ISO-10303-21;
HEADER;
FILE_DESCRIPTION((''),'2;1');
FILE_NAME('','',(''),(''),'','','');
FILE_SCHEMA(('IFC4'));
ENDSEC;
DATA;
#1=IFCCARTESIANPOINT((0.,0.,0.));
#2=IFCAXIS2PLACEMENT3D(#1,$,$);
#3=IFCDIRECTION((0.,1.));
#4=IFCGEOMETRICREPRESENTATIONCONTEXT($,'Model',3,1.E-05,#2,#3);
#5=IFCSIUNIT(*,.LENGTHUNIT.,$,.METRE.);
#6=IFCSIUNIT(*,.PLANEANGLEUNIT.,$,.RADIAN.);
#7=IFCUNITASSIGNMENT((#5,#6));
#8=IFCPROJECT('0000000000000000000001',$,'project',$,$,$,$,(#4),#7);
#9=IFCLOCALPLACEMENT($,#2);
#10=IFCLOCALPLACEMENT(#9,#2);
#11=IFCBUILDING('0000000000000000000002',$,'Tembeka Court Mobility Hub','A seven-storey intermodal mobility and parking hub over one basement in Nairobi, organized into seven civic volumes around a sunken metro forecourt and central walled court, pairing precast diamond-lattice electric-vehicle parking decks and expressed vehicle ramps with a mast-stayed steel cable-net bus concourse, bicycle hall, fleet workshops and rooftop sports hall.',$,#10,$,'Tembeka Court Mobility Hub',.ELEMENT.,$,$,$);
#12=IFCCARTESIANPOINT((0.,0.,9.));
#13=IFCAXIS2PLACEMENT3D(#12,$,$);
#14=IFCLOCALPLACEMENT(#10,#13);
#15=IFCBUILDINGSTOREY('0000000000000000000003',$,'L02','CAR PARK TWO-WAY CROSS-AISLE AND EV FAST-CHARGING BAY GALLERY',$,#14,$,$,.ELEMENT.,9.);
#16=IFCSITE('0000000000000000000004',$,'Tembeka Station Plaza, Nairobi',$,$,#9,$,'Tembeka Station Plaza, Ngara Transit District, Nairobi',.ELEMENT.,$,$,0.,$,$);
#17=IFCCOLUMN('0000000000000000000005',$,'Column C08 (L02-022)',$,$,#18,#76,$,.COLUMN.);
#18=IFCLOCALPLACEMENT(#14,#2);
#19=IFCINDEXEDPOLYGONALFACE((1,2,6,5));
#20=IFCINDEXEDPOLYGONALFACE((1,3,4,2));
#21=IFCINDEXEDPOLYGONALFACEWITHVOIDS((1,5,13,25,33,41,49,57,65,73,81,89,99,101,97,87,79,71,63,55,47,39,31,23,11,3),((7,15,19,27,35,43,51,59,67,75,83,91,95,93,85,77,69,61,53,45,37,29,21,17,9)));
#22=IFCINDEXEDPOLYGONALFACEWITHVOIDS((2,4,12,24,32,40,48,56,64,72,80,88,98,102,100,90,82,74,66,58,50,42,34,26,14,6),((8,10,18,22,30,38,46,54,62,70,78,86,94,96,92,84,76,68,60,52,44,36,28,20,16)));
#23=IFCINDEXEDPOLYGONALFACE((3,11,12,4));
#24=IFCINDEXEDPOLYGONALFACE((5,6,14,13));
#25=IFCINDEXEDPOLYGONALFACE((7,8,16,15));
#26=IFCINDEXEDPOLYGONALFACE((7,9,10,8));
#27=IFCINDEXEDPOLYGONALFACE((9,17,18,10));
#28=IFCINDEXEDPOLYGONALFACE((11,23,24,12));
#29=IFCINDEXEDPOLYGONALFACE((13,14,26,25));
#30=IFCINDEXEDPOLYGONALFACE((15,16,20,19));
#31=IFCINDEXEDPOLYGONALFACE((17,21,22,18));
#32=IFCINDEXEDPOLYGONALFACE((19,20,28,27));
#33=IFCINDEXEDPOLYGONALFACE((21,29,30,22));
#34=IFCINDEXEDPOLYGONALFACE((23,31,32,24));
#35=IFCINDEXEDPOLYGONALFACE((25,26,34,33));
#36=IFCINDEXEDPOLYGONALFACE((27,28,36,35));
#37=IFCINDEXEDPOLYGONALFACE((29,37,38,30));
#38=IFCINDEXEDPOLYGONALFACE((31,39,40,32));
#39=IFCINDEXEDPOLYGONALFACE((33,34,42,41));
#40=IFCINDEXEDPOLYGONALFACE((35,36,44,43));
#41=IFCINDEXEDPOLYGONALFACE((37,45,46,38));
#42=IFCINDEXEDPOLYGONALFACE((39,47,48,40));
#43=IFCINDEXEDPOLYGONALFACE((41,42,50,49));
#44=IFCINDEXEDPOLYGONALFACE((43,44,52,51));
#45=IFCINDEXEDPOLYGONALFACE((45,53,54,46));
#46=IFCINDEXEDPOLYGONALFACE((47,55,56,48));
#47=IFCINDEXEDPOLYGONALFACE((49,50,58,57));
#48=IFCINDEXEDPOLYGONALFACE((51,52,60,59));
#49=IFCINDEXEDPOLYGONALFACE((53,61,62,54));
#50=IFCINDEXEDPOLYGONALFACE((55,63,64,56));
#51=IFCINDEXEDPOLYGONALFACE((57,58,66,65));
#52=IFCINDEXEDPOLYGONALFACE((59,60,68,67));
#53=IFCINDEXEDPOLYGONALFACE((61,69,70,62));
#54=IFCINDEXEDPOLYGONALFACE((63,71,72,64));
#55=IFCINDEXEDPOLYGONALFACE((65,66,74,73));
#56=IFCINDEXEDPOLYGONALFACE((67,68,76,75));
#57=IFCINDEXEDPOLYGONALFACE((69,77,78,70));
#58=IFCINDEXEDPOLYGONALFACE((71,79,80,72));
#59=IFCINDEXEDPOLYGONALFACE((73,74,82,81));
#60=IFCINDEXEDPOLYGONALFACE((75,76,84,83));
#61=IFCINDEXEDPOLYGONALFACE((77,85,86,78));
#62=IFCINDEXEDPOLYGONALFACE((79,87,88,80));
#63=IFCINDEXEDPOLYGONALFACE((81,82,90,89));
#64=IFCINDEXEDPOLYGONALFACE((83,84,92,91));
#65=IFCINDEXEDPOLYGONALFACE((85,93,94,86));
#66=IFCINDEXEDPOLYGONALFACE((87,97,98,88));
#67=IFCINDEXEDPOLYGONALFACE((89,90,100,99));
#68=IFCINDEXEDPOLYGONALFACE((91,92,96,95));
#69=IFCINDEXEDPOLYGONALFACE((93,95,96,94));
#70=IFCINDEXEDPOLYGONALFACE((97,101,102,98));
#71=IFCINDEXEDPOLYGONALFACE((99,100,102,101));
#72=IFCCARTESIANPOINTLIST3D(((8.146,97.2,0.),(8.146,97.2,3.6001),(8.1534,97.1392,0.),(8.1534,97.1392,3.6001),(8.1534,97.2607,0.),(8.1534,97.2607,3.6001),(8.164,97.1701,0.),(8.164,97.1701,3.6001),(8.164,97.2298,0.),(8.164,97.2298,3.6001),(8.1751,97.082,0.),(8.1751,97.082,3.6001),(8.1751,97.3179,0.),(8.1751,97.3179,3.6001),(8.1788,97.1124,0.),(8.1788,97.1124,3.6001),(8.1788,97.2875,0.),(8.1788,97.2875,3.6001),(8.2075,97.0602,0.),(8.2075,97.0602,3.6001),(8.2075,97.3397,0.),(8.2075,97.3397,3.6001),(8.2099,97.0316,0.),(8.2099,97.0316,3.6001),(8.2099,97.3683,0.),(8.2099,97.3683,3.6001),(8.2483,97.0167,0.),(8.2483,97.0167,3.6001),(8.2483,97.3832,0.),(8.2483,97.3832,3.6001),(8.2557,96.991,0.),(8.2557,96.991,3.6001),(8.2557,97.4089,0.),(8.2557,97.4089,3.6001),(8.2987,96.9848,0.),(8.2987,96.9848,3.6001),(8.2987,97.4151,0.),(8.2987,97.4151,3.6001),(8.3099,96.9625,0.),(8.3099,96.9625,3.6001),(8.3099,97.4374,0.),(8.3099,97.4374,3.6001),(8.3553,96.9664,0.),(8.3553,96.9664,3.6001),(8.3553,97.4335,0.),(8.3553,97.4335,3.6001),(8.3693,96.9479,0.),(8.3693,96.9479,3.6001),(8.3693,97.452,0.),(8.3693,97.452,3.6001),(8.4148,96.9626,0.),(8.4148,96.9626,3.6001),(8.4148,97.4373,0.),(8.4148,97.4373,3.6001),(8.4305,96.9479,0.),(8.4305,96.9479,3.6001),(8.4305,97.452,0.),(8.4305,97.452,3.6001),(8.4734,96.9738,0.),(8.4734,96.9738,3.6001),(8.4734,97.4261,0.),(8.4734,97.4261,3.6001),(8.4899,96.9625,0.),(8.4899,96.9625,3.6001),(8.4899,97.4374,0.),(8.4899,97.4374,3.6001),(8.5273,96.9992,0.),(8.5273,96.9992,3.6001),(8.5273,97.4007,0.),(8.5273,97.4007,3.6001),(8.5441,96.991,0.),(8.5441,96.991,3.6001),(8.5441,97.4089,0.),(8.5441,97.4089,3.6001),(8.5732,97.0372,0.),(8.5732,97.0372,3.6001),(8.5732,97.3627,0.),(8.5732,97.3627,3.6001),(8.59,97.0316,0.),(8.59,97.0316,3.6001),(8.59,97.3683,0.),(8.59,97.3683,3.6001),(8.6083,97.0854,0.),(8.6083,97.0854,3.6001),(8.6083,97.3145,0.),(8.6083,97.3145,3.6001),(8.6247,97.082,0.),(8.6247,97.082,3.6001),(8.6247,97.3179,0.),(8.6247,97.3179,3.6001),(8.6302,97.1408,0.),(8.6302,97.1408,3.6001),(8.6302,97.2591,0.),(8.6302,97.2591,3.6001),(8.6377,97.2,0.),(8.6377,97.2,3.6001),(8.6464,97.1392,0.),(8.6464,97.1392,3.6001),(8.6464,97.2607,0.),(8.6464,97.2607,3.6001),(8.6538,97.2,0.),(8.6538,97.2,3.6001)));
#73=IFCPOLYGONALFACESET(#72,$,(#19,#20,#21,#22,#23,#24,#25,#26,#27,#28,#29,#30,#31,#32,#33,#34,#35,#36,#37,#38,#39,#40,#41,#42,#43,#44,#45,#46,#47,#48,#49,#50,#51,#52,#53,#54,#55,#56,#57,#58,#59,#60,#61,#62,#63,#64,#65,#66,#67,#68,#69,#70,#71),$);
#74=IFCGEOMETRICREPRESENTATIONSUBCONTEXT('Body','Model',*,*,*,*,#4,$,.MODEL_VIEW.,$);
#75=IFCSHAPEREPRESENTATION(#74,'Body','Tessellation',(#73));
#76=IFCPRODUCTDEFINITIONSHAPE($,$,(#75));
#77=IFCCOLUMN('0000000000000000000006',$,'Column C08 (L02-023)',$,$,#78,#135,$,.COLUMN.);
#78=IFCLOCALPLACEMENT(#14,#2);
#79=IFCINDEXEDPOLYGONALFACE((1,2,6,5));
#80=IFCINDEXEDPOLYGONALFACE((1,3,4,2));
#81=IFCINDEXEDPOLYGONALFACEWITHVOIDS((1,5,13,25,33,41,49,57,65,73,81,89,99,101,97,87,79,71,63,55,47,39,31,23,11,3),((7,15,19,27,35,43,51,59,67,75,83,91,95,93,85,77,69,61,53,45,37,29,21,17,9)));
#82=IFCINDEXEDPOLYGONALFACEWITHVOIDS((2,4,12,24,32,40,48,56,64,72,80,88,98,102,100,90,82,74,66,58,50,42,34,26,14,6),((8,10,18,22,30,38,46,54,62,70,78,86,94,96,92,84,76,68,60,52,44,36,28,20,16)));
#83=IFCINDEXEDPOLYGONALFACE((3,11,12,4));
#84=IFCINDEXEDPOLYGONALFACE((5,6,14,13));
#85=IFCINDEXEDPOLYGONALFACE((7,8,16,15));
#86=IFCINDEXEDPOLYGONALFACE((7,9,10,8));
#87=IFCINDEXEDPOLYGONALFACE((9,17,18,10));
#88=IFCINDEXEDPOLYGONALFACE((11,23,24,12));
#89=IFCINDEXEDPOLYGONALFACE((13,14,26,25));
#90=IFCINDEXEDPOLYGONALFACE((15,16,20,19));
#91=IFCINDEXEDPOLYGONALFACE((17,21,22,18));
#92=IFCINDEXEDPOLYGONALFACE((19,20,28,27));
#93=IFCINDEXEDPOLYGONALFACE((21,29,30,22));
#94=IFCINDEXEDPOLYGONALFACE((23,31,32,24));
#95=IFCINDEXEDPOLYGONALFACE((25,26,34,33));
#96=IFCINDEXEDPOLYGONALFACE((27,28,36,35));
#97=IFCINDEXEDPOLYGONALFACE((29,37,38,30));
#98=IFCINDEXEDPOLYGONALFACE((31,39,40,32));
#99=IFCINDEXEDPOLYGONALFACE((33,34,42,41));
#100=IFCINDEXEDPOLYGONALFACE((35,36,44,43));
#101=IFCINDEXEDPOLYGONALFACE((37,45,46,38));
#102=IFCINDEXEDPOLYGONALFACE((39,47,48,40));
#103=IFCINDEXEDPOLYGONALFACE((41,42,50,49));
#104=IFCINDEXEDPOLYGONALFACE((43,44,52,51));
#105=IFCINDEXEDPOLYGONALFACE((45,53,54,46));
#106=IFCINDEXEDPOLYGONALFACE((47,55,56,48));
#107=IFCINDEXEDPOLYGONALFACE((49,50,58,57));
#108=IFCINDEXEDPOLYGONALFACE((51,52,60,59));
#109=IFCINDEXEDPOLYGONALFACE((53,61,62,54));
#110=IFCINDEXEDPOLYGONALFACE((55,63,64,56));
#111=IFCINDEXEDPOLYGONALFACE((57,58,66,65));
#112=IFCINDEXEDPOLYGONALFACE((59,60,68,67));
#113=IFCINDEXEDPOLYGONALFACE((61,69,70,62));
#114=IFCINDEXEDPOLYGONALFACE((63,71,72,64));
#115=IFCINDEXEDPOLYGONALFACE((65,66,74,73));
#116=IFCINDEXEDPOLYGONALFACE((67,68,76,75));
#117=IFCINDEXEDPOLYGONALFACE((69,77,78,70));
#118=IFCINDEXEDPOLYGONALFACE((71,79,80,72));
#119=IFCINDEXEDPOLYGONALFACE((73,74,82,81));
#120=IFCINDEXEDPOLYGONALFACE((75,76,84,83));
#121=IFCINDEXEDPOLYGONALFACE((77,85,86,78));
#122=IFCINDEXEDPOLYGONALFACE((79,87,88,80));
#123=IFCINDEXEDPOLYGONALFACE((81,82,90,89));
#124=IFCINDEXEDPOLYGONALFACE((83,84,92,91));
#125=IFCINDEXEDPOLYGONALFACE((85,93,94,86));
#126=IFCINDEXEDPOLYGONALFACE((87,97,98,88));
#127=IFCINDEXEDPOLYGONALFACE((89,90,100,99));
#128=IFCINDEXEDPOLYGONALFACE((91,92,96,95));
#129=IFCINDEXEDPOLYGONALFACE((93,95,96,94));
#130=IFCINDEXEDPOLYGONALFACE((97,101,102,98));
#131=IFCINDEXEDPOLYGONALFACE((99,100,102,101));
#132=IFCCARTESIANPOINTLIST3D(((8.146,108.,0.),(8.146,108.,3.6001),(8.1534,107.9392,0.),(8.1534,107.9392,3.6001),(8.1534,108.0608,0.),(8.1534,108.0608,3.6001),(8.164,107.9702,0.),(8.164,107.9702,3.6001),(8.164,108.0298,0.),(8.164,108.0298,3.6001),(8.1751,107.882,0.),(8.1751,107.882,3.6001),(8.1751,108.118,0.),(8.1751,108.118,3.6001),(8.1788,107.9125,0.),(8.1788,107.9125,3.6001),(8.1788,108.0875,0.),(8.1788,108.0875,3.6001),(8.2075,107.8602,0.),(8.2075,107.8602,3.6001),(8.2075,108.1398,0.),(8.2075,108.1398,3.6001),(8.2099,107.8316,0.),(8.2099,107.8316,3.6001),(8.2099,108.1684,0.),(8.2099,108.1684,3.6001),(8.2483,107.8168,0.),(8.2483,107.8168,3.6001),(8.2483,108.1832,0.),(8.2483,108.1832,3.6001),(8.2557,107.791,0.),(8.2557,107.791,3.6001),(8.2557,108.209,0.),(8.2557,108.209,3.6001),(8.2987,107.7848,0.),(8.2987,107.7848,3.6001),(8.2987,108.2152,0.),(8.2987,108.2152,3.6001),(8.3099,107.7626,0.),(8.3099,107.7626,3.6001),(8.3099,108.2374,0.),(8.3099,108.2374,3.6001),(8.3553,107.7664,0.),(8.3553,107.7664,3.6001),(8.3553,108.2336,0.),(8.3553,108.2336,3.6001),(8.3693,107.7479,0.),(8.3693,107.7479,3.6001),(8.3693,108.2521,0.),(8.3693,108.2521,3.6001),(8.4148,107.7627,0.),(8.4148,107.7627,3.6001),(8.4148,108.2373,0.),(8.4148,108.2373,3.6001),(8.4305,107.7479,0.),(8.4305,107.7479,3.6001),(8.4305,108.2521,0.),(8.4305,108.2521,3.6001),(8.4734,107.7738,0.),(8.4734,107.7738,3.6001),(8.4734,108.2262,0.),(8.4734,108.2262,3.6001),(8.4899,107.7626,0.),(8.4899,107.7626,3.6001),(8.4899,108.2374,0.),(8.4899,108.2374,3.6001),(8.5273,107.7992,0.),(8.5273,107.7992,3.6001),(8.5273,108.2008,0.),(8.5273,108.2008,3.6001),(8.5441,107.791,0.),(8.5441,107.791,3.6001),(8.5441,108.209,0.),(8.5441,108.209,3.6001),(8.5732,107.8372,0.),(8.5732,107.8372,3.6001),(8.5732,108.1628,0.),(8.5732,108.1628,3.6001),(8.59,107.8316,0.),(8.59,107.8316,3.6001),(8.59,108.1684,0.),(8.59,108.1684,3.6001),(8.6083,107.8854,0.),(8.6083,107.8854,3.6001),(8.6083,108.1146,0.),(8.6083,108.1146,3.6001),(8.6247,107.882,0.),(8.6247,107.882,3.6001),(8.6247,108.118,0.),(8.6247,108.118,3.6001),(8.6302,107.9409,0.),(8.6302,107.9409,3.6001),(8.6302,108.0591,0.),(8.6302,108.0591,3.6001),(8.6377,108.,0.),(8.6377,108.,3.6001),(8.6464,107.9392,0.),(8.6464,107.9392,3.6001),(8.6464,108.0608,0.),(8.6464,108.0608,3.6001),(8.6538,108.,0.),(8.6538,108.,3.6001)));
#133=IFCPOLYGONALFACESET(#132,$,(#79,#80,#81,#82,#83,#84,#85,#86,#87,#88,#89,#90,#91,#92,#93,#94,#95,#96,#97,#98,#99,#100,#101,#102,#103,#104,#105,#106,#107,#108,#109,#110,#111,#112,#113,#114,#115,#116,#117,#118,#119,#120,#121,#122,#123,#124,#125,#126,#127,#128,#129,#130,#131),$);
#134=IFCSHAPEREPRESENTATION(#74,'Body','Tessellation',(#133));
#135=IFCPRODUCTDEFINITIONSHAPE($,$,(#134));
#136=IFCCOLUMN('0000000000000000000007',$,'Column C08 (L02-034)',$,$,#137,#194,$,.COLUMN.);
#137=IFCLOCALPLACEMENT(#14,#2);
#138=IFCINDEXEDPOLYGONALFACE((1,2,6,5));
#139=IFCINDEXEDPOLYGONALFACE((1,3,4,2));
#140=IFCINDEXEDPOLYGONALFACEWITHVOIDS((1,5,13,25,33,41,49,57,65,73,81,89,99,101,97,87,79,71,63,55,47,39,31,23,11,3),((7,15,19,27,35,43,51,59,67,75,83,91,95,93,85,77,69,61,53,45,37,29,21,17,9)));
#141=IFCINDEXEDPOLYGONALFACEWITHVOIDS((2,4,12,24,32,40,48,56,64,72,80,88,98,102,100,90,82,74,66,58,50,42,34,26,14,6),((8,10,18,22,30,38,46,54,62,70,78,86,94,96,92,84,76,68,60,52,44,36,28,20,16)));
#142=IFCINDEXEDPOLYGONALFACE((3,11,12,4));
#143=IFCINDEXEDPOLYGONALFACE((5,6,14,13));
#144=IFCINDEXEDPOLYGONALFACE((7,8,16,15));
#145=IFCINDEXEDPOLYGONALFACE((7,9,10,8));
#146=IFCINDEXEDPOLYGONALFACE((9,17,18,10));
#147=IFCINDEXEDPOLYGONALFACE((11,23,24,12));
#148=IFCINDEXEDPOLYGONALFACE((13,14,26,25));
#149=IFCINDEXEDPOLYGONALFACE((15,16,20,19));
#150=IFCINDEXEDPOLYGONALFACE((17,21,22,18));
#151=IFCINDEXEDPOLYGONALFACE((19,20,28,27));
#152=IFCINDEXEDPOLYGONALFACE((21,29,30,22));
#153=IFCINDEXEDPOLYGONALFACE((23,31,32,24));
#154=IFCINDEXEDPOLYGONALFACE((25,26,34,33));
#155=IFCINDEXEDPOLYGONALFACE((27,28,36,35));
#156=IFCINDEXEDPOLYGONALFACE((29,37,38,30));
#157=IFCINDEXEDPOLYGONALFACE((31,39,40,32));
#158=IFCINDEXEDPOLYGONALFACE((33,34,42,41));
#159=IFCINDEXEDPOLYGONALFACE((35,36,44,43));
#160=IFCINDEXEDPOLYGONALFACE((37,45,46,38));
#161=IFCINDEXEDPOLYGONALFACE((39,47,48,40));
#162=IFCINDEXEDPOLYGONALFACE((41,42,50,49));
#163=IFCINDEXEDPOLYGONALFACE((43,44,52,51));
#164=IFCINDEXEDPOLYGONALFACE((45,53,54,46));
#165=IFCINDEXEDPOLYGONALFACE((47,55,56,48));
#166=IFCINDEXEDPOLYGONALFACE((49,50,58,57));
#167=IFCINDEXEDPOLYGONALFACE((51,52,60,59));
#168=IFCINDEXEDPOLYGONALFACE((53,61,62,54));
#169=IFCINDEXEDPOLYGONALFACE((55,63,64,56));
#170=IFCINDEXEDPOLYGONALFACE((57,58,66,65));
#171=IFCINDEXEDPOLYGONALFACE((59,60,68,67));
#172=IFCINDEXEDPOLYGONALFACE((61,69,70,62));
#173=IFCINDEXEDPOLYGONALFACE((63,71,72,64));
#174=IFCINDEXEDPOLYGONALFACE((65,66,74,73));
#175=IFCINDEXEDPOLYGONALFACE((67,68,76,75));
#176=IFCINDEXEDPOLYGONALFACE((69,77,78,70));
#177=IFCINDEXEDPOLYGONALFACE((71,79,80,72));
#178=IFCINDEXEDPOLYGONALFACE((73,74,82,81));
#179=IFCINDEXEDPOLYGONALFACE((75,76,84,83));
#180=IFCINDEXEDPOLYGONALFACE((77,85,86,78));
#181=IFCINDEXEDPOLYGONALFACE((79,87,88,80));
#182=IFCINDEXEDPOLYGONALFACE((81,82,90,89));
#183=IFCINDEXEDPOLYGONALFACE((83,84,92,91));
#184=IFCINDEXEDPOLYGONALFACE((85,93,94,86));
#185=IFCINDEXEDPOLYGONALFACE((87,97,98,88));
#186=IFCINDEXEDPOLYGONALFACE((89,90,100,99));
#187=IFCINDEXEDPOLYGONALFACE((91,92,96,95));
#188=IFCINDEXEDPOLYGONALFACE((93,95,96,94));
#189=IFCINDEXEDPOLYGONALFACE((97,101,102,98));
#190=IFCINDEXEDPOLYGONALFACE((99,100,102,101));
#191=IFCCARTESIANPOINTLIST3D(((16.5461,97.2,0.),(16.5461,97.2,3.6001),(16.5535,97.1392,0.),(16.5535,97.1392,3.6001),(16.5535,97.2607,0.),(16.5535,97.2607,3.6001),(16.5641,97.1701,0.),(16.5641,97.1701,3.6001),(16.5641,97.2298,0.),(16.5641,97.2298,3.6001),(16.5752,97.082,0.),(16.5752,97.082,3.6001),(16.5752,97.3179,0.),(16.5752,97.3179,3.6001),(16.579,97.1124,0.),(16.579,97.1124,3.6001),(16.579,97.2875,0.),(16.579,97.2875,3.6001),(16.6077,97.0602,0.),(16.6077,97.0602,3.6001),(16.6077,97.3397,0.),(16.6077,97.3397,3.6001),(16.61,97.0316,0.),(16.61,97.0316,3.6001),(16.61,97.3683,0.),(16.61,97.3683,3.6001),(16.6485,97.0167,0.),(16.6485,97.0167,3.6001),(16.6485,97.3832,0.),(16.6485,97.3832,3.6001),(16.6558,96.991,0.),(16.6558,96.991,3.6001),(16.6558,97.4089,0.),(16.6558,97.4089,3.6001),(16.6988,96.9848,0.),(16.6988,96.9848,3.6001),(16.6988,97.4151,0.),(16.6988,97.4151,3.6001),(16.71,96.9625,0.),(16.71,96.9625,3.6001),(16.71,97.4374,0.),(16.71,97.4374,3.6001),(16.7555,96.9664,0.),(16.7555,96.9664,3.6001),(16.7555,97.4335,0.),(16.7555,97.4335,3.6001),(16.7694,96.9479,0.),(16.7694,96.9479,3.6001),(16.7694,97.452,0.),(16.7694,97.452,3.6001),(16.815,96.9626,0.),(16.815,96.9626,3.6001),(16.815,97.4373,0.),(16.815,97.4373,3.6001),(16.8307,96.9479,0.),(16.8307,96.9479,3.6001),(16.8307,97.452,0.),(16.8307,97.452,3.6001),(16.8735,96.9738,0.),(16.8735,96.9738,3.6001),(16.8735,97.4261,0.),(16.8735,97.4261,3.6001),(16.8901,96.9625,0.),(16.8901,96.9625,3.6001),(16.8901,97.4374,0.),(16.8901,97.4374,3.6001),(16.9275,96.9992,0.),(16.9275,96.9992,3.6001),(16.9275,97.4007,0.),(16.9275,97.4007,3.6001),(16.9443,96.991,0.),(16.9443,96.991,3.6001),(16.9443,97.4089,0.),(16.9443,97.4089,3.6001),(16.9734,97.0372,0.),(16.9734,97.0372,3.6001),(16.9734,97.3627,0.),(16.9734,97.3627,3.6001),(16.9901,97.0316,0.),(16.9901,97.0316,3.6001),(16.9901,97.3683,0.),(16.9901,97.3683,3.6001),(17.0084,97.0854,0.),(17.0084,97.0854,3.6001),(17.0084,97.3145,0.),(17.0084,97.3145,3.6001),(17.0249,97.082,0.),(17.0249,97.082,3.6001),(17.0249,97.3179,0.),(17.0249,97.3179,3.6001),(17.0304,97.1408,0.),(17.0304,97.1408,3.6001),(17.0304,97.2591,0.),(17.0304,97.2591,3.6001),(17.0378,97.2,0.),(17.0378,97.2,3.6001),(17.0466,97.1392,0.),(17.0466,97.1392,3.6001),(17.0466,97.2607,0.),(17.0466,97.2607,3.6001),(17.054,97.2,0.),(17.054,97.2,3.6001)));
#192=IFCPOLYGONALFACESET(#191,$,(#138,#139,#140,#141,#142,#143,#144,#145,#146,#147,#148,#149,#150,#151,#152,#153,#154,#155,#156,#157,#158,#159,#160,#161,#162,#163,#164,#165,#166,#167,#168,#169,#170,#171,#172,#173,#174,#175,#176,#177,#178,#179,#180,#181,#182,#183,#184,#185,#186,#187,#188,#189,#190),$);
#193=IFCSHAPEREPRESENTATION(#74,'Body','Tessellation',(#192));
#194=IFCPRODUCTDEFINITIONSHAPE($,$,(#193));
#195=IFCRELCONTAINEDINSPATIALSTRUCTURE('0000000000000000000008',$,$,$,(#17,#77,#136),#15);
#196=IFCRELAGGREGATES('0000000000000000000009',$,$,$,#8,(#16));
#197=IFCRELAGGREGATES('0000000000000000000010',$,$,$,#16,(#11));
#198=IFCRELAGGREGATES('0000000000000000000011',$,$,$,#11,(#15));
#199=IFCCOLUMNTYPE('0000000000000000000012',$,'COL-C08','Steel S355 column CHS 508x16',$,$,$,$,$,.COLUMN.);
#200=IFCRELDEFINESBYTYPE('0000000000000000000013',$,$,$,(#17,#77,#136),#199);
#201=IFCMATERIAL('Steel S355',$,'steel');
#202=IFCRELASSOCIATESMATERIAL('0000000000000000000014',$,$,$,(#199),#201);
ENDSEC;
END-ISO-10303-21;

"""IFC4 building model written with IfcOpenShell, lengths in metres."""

from ifc_helpers import new_model, si_unit, direction, frame, origin, origin_2d, place, context, subcontext, project, spatial, hollow_circle, extrude, material, material_profile, profile_set, type_object, element, save


model = new_model("IFC4")

# Units and contexts
model_context = context("Model", 3, precision=1e-05, world=origin(), true_north=direction((0.0, 1.0)))
body_context = subcontext(model_context, "Body", "Model", "MODEL_VIEW")
ifc_project = project(units=[si_unit("LENGTHUNIT", "METRE"), si_unit("PLANEANGLEUNIT", "RADIAN")], contexts=[model_context])

# Site, building, storey
site_placement = place(None, origin())
site = spatial("IfcSite", under=ifc_project, at=site_placement, Name="Tembeka Station Plaza, Nairobi", LongName="Tembeka Station Plaza, Ngara Transit District, Nairobi", CompositionType="ELEMENT", RefElevation=0.0)
building_placement = place(site_placement, origin())
building = spatial("IfcBuilding", under=site, at=building_placement, Name="Tembeka Court Mobility Hub", Description="A seven-storey intermodal mobility and parking hub over one basement in Nairobi, organized into seven civic volumes around a sunken metro forecourt and central walled court, pairing precast diamond-lattice electric-vehicle parking decks and expressed vehicle ramps with a mast-stayed steel cable-net bus concourse, bicycle hall, fleet workshops and rooftop sports hall.", LongName="Tembeka Court Mobility Hub", CompositionType="ELEMENT")
storey_placement = place(building_placement, frame((0.0, 0.0, 9.0)))
storey = spatial("IfcBuildingStorey", under=building, at=storey_placement, Name="L02", Description="CAR PARK TWO-WAY CROSS-AISLE AND EV FAST-CHARGING BAY GALLERY", CompositionType="ELEMENT", Elevation=9.0)

# Columns
ifc_material_1 = material(Name="Steel S355", Category="steel")
ifc_material_profile_1 = material_profile(ifc_material_1, hollow_circle(Radius=0.2539, WallThickness=0.0161, at=origin_2d()), Name="CHS 508x16")
ifc_profile_set_1 = profile_set([ifc_material_profile_1], Name="Steel S355")
column_type_1 = type_object("IfcColumnType", Name="COL-C08", Description="Steel S355 column CHS 508x16", PredefinedType="COLUMN", material=ifc_profile_set_1)
for number, where, z_axis, x_axis, name in (
    (1, (8.3999, 97.2, 0.0), (0.0, 0.0, 1.0), (1.0, 0.0, 0.0), "Column C08 (L02-022)"),
    (2, (8.3999, 108.0, 0.0), (0.0, 0.0, 1.0), (1.0, 0.0, 0.0), "Column C08 (L02-023)"),
    (3, (16.8, 97.2, 0.0), (0.0, 0.0, 1.0), (1.0, 0.0, 0.0), "Column C08 (L02-034)"),
):
    element("IfcColumn", number, at=place(storey_placement, frame(where, z_axis=z_axis, x_axis=x_axis)), inside=storey, type_object=column_type_1, Name=name, PredefinedType="COLUMN", context=body_context, shape_type="SweptSolid", body=[
        extrude(hollow_circle(Radius=0.2539, WallThickness=0.0161, at=origin_2d()), origin(), (0.0, 0.0, 1.0), 3.6001),
    ])

save(model, "model.ifc")
